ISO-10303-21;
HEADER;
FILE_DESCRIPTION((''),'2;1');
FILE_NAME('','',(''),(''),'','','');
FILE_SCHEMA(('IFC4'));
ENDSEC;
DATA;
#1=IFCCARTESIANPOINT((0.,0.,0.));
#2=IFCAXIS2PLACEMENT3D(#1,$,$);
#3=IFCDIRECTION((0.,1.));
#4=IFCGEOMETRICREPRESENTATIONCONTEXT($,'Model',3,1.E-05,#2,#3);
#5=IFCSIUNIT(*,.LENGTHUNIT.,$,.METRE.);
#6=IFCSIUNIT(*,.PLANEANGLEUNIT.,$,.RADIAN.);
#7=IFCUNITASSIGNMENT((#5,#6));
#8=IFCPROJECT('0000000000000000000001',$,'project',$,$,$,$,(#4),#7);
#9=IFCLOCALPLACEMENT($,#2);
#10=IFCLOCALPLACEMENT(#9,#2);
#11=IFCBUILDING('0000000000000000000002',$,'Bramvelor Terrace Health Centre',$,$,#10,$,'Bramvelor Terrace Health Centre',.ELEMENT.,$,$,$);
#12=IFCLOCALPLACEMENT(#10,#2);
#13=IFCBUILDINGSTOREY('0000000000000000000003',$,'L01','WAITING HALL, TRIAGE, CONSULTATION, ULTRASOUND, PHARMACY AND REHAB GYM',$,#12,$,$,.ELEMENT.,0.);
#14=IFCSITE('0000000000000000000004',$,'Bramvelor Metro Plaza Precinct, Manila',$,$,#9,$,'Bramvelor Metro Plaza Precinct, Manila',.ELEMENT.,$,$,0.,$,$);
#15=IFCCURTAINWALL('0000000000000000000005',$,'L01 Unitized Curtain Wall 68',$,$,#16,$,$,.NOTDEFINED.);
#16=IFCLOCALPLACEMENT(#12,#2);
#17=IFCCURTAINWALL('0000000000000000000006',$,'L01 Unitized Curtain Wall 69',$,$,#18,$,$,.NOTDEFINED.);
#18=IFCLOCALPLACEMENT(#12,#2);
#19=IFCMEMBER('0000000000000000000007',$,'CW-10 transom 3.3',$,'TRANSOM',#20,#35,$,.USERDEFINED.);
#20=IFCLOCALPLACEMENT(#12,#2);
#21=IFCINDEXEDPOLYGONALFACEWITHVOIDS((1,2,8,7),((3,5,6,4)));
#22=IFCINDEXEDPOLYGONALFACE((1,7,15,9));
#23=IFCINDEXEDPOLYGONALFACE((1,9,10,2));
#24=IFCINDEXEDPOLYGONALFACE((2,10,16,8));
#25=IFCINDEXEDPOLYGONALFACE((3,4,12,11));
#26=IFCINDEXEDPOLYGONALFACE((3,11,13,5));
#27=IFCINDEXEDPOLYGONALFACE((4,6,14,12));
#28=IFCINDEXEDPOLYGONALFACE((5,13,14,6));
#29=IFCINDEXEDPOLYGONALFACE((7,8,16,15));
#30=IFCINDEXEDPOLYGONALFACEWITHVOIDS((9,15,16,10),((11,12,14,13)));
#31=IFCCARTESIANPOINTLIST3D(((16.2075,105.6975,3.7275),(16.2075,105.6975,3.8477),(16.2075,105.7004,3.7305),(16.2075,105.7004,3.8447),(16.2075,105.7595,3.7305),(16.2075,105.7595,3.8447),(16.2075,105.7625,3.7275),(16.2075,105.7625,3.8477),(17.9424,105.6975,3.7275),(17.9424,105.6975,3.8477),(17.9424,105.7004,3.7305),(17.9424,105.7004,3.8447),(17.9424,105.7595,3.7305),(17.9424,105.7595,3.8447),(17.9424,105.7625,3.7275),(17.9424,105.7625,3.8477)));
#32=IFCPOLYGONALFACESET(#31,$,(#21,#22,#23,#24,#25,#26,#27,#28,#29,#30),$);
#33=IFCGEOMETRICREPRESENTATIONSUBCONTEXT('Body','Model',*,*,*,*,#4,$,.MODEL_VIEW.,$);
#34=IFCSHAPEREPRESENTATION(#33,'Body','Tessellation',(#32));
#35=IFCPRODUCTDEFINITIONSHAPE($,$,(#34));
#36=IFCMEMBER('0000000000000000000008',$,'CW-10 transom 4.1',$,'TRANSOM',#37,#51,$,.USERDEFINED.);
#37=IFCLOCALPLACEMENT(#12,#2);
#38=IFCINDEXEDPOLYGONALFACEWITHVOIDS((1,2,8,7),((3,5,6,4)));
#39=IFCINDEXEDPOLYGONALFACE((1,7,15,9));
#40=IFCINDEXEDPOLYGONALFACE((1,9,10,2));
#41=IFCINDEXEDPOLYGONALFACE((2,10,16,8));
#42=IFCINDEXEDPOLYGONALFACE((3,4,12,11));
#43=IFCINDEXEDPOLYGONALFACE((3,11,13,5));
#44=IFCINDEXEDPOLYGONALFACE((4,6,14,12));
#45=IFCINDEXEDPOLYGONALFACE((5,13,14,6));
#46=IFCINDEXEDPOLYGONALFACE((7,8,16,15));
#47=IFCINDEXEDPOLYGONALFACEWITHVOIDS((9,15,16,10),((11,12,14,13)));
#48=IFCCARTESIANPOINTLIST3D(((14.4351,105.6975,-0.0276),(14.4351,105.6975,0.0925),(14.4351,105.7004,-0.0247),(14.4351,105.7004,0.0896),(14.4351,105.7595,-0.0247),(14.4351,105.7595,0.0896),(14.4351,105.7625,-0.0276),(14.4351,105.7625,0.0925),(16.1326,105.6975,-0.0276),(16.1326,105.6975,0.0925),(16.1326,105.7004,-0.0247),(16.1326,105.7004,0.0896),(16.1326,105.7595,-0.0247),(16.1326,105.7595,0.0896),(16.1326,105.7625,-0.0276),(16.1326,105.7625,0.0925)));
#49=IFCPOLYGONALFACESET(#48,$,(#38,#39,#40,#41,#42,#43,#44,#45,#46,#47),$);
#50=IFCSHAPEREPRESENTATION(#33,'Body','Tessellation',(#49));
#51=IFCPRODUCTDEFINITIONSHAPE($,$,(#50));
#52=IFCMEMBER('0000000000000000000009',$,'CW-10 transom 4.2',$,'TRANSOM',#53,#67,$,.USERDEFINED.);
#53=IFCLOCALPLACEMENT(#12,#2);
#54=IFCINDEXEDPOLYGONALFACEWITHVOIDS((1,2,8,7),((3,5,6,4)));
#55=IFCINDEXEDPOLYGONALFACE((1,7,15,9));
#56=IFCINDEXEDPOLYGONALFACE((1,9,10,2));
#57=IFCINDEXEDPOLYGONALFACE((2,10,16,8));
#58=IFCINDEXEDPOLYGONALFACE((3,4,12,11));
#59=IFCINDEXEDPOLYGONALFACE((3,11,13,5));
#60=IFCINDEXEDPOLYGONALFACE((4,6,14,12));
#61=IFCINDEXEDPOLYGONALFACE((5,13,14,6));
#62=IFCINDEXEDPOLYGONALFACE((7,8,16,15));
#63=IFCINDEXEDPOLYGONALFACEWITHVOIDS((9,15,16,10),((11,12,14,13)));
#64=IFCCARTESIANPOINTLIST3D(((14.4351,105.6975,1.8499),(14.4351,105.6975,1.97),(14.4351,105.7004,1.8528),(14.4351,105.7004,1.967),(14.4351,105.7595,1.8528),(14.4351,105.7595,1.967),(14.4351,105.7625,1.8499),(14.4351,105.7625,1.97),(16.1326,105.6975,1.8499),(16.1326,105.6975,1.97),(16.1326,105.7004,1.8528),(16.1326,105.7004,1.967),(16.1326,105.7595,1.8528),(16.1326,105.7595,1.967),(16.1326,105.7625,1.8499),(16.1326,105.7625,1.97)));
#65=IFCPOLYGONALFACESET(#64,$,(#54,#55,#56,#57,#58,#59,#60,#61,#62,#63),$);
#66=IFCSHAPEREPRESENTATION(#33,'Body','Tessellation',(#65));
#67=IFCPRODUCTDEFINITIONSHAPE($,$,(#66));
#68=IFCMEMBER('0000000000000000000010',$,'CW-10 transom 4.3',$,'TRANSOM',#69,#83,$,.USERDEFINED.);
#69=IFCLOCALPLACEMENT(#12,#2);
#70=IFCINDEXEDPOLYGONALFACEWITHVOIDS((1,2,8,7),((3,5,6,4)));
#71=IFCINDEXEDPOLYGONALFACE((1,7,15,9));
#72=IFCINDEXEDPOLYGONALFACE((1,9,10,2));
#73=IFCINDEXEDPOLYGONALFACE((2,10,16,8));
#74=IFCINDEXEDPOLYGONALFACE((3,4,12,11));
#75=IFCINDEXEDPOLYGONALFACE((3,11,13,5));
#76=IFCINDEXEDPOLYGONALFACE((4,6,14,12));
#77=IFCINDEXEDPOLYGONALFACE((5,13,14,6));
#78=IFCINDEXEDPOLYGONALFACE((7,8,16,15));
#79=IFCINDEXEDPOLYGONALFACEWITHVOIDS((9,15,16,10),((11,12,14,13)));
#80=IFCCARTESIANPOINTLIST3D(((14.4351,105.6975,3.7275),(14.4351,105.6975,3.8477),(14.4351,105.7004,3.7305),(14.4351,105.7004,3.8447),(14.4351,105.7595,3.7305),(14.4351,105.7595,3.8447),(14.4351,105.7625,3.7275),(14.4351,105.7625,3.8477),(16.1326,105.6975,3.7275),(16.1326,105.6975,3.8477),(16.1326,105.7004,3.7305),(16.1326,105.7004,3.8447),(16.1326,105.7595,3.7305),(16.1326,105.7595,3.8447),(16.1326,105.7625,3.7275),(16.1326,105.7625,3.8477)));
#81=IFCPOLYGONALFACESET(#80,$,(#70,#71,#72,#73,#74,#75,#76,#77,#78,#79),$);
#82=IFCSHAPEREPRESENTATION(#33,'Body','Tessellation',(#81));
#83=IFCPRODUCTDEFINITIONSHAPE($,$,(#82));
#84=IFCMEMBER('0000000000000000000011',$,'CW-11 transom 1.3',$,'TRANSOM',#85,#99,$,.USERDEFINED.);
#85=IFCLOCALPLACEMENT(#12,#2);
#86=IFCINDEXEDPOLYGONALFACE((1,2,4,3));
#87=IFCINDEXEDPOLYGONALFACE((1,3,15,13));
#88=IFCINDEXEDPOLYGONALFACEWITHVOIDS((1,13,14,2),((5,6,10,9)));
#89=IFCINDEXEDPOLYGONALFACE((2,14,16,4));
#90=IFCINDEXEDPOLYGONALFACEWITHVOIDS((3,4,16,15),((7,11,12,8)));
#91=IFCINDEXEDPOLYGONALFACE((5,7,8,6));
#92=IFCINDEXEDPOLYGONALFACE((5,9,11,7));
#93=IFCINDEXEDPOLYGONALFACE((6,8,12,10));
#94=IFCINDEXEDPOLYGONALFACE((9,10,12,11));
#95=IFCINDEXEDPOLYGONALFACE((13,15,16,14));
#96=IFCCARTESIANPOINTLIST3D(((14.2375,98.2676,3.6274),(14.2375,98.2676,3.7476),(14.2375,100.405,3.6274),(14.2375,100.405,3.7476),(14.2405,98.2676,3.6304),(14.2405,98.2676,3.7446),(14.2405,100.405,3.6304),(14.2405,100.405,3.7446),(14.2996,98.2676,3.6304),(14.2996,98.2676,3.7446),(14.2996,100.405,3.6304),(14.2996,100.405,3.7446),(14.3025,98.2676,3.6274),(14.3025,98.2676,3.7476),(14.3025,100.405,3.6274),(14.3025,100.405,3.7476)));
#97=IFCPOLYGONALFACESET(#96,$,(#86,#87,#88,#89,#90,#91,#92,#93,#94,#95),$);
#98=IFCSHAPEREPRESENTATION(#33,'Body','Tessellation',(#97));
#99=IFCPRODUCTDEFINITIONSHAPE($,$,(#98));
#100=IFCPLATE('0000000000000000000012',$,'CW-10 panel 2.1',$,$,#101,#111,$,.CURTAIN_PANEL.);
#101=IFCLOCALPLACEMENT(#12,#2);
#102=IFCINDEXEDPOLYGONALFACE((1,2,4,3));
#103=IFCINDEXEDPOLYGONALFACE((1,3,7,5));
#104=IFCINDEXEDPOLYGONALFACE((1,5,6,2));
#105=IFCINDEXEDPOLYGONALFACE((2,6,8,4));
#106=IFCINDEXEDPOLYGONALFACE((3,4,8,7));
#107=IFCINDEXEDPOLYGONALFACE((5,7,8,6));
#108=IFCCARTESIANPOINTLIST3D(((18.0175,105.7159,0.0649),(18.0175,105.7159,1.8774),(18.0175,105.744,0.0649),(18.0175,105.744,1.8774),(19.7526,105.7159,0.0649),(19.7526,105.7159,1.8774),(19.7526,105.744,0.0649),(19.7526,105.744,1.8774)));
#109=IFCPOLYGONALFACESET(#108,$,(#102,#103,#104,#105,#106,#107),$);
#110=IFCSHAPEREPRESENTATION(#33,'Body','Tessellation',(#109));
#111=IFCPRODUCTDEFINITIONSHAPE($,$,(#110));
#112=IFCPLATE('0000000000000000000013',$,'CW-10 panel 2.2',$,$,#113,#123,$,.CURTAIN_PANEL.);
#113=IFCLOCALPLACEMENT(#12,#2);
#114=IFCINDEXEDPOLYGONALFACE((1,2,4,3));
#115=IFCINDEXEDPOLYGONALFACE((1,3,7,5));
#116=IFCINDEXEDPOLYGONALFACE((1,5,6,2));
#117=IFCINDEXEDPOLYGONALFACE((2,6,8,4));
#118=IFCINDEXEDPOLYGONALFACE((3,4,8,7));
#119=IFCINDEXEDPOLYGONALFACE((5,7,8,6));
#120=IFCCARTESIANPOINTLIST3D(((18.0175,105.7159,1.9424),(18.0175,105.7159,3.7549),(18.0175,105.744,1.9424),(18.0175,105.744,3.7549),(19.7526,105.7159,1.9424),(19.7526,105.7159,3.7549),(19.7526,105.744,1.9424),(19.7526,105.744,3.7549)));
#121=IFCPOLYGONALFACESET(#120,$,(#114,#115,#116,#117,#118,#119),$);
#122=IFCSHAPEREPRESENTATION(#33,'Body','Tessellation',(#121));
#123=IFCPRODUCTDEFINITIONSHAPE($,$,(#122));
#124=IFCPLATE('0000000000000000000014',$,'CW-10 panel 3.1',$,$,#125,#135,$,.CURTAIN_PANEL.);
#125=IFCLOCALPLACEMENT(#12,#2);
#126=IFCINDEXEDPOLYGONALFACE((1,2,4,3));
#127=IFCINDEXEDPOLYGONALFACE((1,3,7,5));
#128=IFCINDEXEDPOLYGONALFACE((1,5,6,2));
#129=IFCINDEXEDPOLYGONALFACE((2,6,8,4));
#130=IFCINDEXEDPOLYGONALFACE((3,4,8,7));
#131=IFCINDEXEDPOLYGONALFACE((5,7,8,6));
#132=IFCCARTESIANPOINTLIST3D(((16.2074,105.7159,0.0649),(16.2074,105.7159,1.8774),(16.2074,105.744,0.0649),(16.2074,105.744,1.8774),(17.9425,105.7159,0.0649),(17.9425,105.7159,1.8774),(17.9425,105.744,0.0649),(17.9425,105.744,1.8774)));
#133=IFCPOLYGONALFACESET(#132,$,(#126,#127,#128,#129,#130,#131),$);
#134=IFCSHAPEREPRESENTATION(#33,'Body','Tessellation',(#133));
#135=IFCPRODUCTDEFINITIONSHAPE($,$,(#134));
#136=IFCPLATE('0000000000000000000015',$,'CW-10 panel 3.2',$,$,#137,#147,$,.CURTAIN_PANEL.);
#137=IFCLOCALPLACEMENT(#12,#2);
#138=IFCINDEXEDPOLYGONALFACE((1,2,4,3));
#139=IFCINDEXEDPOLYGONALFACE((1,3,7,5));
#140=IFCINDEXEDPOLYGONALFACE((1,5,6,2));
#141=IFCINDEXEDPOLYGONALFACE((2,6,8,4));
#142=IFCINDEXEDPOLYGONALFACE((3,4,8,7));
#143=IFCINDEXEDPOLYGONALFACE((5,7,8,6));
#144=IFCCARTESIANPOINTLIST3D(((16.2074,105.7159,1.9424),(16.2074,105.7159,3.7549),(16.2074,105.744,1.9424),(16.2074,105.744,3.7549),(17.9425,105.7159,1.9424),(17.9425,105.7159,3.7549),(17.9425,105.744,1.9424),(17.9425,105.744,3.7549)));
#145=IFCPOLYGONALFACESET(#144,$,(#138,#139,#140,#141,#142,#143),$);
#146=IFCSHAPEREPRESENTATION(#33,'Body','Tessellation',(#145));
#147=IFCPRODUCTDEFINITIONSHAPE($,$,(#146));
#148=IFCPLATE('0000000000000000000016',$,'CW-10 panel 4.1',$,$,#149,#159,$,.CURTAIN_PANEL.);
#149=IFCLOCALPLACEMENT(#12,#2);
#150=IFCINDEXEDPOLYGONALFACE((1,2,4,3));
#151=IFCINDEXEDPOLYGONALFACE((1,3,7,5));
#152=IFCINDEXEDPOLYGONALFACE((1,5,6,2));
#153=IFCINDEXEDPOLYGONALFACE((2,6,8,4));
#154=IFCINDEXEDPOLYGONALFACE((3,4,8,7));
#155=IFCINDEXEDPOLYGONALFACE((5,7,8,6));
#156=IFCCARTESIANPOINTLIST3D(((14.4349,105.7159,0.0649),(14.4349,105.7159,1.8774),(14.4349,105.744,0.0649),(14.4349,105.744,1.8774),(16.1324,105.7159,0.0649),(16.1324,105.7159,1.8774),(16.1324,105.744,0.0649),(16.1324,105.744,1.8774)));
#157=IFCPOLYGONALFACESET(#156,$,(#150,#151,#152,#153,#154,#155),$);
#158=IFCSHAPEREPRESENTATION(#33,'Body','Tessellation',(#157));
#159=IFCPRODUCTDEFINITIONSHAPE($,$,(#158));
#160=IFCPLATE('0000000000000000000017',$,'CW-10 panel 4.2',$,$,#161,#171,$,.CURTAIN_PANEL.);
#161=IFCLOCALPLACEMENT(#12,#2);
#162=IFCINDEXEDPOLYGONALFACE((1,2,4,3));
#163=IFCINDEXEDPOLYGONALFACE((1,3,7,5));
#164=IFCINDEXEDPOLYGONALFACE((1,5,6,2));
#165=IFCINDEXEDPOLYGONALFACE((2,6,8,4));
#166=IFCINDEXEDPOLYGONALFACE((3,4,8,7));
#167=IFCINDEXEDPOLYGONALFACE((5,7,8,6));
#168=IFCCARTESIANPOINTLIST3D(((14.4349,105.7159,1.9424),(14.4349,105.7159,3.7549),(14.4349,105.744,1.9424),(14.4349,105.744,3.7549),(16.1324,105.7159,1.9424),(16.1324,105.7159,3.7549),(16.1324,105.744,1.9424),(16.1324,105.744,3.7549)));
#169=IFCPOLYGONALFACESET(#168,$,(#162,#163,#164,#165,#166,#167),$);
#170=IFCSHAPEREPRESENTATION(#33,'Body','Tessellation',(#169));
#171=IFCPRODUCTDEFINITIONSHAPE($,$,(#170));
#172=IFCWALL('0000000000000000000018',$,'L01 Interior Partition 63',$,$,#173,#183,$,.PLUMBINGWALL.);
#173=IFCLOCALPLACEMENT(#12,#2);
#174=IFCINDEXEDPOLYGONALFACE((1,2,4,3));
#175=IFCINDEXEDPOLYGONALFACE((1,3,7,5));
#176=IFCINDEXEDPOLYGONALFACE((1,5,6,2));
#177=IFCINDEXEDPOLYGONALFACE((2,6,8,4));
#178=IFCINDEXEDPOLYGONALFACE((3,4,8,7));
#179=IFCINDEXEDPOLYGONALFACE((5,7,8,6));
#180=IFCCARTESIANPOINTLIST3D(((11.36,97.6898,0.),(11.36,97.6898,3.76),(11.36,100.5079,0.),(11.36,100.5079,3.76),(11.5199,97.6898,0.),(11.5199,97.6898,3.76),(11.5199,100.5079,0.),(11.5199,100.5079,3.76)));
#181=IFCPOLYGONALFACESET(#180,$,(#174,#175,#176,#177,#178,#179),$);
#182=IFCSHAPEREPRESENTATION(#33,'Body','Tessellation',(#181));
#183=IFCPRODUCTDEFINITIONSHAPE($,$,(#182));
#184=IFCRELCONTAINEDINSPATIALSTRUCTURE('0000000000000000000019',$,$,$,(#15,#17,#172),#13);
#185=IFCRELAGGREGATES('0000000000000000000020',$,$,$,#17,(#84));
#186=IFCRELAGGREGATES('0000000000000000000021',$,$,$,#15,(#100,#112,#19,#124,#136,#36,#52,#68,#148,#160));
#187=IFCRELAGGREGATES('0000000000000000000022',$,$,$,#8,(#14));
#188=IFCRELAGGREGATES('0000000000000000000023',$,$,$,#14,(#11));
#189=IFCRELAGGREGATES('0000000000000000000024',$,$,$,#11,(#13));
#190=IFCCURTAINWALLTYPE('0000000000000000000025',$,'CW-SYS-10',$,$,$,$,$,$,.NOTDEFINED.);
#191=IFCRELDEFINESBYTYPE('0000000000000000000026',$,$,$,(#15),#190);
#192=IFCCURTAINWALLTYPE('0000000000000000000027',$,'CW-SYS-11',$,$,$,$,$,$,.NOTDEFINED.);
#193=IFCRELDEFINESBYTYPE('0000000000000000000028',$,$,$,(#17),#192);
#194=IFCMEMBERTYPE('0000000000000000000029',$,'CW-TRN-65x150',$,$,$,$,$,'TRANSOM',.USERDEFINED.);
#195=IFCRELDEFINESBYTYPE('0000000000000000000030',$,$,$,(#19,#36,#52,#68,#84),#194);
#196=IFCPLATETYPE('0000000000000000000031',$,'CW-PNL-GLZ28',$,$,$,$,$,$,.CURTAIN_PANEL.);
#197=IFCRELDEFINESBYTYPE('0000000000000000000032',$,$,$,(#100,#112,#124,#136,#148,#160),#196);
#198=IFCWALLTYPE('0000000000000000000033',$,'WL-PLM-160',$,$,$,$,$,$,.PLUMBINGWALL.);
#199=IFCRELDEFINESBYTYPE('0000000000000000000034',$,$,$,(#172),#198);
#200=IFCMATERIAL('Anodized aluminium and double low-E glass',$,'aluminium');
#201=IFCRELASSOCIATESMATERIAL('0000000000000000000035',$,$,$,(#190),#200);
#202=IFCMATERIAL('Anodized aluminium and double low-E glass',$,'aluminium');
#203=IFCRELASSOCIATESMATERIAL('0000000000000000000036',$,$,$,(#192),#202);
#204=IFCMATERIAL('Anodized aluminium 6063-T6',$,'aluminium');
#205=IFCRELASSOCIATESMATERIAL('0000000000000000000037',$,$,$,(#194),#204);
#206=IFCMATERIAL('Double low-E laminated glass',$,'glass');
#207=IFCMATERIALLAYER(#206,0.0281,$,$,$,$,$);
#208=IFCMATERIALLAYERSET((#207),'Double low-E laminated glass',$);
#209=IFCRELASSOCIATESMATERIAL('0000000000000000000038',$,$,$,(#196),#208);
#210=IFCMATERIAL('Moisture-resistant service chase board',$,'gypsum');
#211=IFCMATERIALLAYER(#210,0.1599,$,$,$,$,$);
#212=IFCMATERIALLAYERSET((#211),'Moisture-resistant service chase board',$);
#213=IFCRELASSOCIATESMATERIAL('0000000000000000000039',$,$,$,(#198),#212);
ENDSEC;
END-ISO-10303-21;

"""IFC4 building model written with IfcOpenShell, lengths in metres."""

from ifc_helpers import new_model, si_unit, direction, frame, frame_2d, origin, origin_2d, place, context, subcontext, project, spatial, rectangle, hollow_rectangle, extrude, material, layer, layer_set, material_profile, profile_set, type_object, element, aggregate, save


model = new_model("IFC4")

# Units and contexts
model_context = context("Model", 3, precision=1e-05, world=origin(), true_north=direction((0.0, 1.0)))
body_context = subcontext(model_context, "Body", "Model", "MODEL_VIEW")
ifc_project = project(units=[si_unit("LENGTHUNIT", "METRE"), si_unit("PLANEANGLEUNIT", "RADIAN")], contexts=[model_context])

# Site, building, storey
site_placement = place(None, origin())
site = spatial("IfcSite", under=ifc_project, at=site_placement, Name="Bramvelor Metro Plaza Precinct, Manila", LongName="Bramvelor Metro Plaza Precinct, Manila", CompositionType="ELEMENT", RefElevation=0.0)
building_placement = place(site_placement, origin())
building = spatial("IfcBuilding", under=site, at=building_placement, Name="Bramvelor Terrace Health Centre", LongName="Bramvelor Terrace Health Centre", CompositionType="ELEMENT")
storey_placement = place(building_placement, origin())
storey = spatial("IfcBuildingStorey", under=building, at=storey_placement, Name="L01", Description="WAITING HALL, TRIAGE, CONSULTATION, ULTRASOUND, PHARMACY AND REHAB GYM", CompositionType="ELEMENT", Elevation=0.0)

# Curtain wall
ifc_material_1 = material(Name="Anodized aluminium and double low-E glass", Category="aluminium")
curtain_wall_type_1 = type_object("IfcCurtainWallType", Name="CW-SYS-10", PredefinedType="NOTDEFINED", material=ifc_material_1)
curtain_wall_1_placement = place(storey_placement, origin())
curtain_wall_1 = element("IfcCurtainWall", 1, at=curtain_wall_1_placement, inside=storey, type_object=curtain_wall_type_1, Name="L01 Unitized Curtain Wall 68", PredefinedType="NOTDEFINED")

# Curtain wall
ifc_material_2 = material(Name="Anodized aluminium and double low-E glass", Category="aluminium")
curtain_wall_type_2 = type_object("IfcCurtainWallType", Name="CW-SYS-11", PredefinedType="NOTDEFINED", material=ifc_material_2)
curtain_wall_2_placement = place(storey_placement, origin())
curtain_wall_2 = element("IfcCurtainWall", 2, at=curtain_wall_2_placement, inside=storey, type_object=curtain_wall_type_2, Name="L01 Unitized Curtain Wall 69", PredefinedType="NOTDEFINED")

# Members
ifc_material_3 = material(Name="Anodized aluminium 6063-T6", Category="aluminium")
ifc_material_profile_1 = material_profile(ifc_material_3, hollow_rectangle(XDim=0.0649, YDim=0.1201, WallThickness=0.0029, at=origin_2d()), Name="ALU-TRN 65x120x3.0")
ifc_profile_set_1 = profile_set([ifc_material_profile_1], Name="Anodized aluminium 6063-T6")
member_type_1 = type_object("IfcMemberType", Name="CW-TRN-65x150", ElementType="TRANSOM", PredefinedType="USERDEFINED", material=ifc_profile_set_1)
member_1_placement = place(storey_placement, frame((17.9424, 105.73, 3.7876), z_axis=(-1.0, 0.0, 0.0), x_axis=(0.0, -1.0, 0.0)))
member_1 = element("IfcMember", 3, at=member_1_placement, type_object=member_type_1, Name="CW-10 transom 3.3", ObjectType="TRANSOM", PredefinedType="USERDEFINED", context=body_context, shape_type="SweptSolid", body=[
    extrude(hollow_rectangle(XDim=0.0649, YDim=0.1201, WallThickness=0.0029, at=origin_2d()), origin(), (0.0, 0.0, 1.0), 1.7349),
])
member_2_placement = place(storey_placement, frame((16.1326, 105.73, 0.0325), z_axis=(-1.0, 0.0, 0.0), x_axis=(0.0, -1.0, 0.0)))
member_2 = element("IfcMember", 4, at=member_2_placement, type_object=member_type_1, Name="CW-10 transom 4.1", ObjectType="TRANSOM", PredefinedType="USERDEFINED", context=body_context, shape_type="SweptSolid", body=[
    extrude(hollow_rectangle(XDim=0.0649, YDim=0.1201, WallThickness=0.0029, at=origin_2d()), origin(), (0.0, 0.0, 1.0), 1.6975),
])
member_3_placement = place(storey_placement, frame((16.1326, 105.73, 1.9099), z_axis=(-1.0, 0.0, 0.0), x_axis=(0.0, -1.0, 0.0)))
member_3 = element("IfcMember", 5, at=member_3_placement, type_object=member_type_1, Name="CW-10 transom 4.2", ObjectType="TRANSOM", PredefinedType="USERDEFINED", context=body_context, shape_type="SweptSolid", body=[
    extrude(hollow_rectangle(XDim=0.0649, YDim=0.1201, WallThickness=0.0029, at=origin_2d()), origin(), (0.0, 0.0, 1.0), 1.6975),
])
member_4_placement = place(storey_placement, frame((16.1326, 105.73, 3.7876), z_axis=(-1.0, 0.0, 0.0), x_axis=(0.0, -1.0, 0.0)))
member_4 = element("IfcMember", 6, at=member_4_placement, type_object=member_type_1, Name="CW-10 transom 4.3", ObjectType="TRANSOM", PredefinedType="USERDEFINED", context=body_context, shape_type="SweptSolid", body=[
    extrude(hollow_rectangle(XDim=0.0649, YDim=0.1201, WallThickness=0.0029, at=origin_2d()), origin(), (0.0, 0.0, 1.0), 1.6975),
])
member_5_placement = place(storey_placement, frame((14.27, 100.405, 3.6875), z_axis=(0.0, -1.0, 0.0), x_axis=(1.0, 0.0, 0.0)))
member_5 = element("IfcMember", 7, at=member_5_placement, type_object=member_type_1, Name="CW-11 transom 1.3", ObjectType="TRANSOM", PredefinedType="USERDEFINED", context=body_context, shape_type="SweptSolid", body=[
    extrude(hollow_rectangle(XDim=0.0649, YDim=0.1201, WallThickness=0.0029, at=origin_2d()), origin(), (0.0, 0.0, 1.0), 2.1375),
])
aggregate(curtain_wall_2, [member_5])

# Plates
ifc_material_4 = material(Name="Double low-E laminated glass", Category="glass")
ifc_layer_1 = layer(ifc_material_4, 0.0281)
ifc_layer_set_1 = layer_set([ifc_layer_1], Name="Double low-E laminated glass")
plate_type = type_object("IfcPlateType", Name="CW-PNL-GLZ28", PredefinedType="CURTAIN_PANEL", material=ifc_layer_set_1)
plate_1_placement = place(storey_placement, frame((18.885, 105.73, 0.0649), z_axis=(0.0, 0.0, 1.0), x_axis=(-1.0, 0.0, 0.0)))
plate_1 = element("IfcPlate", 8, at=plate_1_placement, type_object=plate_type, Name="CW-10 panel 2.1", PredefinedType="CURTAIN_PANEL", context=body_context, shape_type="SweptSolid", body=[
    extrude(rectangle(XDim=1.7351, YDim=0.0281, at=origin_2d()), origin(), (0.0, 0.0, 1.0), 1.8125),
])
plate_2_placement = place(storey_placement, frame((18.885, 105.73, 1.9424), z_axis=(0.0, 0.0, 1.0), x_axis=(-1.0, 0.0, 0.0)))
plate_2 = element("IfcPlate", 9, at=plate_2_placement, type_object=plate_type, Name="CW-10 panel 2.2", PredefinedType="CURTAIN_PANEL", context=body_context, shape_type="SweptSolid", body=[
    extrude(rectangle(XDim=1.7351, YDim=0.0281, at=origin_2d()), origin(), (0.0, 0.0, 1.0), 1.8125),
])
plate_3_placement = place(storey_placement, frame((17.075, 105.73, 0.0649), z_axis=(0.0, 0.0, 1.0), x_axis=(-1.0, 0.0, 0.0)))
plate_3 = element("IfcPlate", 10, at=plate_3_placement, type_object=plate_type, Name="CW-10 panel 3.1", PredefinedType="CURTAIN_PANEL", context=body_context, shape_type="SweptSolid", body=[
    extrude(rectangle(XDim=1.7351, YDim=0.0281, at=origin_2d()), origin(), (0.0, 0.0, 1.0), 1.8125),
])
plate_4_placement = place(storey_placement, frame((17.075, 105.73, 1.9424), z_axis=(0.0, 0.0, 1.0), x_axis=(-1.0, 0.0, 0.0)))
plate_4 = element("IfcPlate", 11, at=plate_4_placement, type_object=plate_type, Name="CW-10 panel 3.2", PredefinedType="CURTAIN_PANEL", context=body_context, shape_type="SweptSolid", body=[
    extrude(rectangle(XDim=1.7351, YDim=0.0281, at=origin_2d()), origin(), (0.0, 0.0, 1.0), 1.8125),
])
plate_5_placement = place(storey_placement, frame((15.2837, 105.73, 0.0649), z_axis=(0.0, 0.0, 1.0), x_axis=(-1.0, 0.0, 0.0)))
plate_5 = element("IfcPlate", 12, at=plate_5_placement, type_object=plate_type, Name="CW-10 panel 4.1", PredefinedType="CURTAIN_PANEL", context=body_context, shape_type="SweptSolid", body=[
    extrude(rectangle(XDim=1.6975, YDim=0.0281, at=origin_2d()), origin(), (0.0, 0.0, 1.0), 1.8125),
])
plate_6_placement = place(storey_placement, frame((15.2837, 105.73, 1.9424), z_axis=(0.0, 0.0, 1.0), x_axis=(-1.0, 0.0, 0.0)))
plate_6 = element("IfcPlate", 13, at=plate_6_placement, type_object=plate_type, Name="CW-10 panel 4.2", PredefinedType="CURTAIN_PANEL", context=body_context, shape_type="SweptSolid", body=[
    extrude(rectangle(XDim=1.6975, YDim=0.0281, at=origin_2d()), origin(), (0.0, 0.0, 1.0), 1.8125),
])
aggregate(curtain_wall_1, [plate_1, plate_2, member_1, plate_3, plate_4, member_2, member_3, member_4, plate_5, plate_6])

# Wall
ifc_material_5 = material(Name="Moisture-resistant service chase board", Category="gypsum")
ifc_layer_2 = layer(ifc_material_5, 0.1599)
ifc_layer_set_2 = layer_set([ifc_layer_2], Name="Moisture-resistant service chase board")
wall_type = type_object("IfcWallType", Name="WL-PLM-160", PredefinedType="PLUMBINGWALL", material=ifc_layer_set_2)
wall_placement = place(storey_placement, frame((11.4399, 100.5081, 0.0), z_axis=(0.0, 0.0, 1.0), x_axis=(0.0, -1.0, 0.0)))
element("IfcWall", 14, at=wall_placement, inside=storey, type_object=wall_type, Name="L01 Interior Partition 63", PredefinedType="PLUMBINGWALL", context=body_context, shape_type="SweptSolid", body=[
    extrude(rectangle(XDim=2.8181, YDim=0.1599, at=frame_2d((1.4092, 0.0))), origin(), (0.0, 0.0, 1.0), 3.76),
])

save(model, "model.ifc")
